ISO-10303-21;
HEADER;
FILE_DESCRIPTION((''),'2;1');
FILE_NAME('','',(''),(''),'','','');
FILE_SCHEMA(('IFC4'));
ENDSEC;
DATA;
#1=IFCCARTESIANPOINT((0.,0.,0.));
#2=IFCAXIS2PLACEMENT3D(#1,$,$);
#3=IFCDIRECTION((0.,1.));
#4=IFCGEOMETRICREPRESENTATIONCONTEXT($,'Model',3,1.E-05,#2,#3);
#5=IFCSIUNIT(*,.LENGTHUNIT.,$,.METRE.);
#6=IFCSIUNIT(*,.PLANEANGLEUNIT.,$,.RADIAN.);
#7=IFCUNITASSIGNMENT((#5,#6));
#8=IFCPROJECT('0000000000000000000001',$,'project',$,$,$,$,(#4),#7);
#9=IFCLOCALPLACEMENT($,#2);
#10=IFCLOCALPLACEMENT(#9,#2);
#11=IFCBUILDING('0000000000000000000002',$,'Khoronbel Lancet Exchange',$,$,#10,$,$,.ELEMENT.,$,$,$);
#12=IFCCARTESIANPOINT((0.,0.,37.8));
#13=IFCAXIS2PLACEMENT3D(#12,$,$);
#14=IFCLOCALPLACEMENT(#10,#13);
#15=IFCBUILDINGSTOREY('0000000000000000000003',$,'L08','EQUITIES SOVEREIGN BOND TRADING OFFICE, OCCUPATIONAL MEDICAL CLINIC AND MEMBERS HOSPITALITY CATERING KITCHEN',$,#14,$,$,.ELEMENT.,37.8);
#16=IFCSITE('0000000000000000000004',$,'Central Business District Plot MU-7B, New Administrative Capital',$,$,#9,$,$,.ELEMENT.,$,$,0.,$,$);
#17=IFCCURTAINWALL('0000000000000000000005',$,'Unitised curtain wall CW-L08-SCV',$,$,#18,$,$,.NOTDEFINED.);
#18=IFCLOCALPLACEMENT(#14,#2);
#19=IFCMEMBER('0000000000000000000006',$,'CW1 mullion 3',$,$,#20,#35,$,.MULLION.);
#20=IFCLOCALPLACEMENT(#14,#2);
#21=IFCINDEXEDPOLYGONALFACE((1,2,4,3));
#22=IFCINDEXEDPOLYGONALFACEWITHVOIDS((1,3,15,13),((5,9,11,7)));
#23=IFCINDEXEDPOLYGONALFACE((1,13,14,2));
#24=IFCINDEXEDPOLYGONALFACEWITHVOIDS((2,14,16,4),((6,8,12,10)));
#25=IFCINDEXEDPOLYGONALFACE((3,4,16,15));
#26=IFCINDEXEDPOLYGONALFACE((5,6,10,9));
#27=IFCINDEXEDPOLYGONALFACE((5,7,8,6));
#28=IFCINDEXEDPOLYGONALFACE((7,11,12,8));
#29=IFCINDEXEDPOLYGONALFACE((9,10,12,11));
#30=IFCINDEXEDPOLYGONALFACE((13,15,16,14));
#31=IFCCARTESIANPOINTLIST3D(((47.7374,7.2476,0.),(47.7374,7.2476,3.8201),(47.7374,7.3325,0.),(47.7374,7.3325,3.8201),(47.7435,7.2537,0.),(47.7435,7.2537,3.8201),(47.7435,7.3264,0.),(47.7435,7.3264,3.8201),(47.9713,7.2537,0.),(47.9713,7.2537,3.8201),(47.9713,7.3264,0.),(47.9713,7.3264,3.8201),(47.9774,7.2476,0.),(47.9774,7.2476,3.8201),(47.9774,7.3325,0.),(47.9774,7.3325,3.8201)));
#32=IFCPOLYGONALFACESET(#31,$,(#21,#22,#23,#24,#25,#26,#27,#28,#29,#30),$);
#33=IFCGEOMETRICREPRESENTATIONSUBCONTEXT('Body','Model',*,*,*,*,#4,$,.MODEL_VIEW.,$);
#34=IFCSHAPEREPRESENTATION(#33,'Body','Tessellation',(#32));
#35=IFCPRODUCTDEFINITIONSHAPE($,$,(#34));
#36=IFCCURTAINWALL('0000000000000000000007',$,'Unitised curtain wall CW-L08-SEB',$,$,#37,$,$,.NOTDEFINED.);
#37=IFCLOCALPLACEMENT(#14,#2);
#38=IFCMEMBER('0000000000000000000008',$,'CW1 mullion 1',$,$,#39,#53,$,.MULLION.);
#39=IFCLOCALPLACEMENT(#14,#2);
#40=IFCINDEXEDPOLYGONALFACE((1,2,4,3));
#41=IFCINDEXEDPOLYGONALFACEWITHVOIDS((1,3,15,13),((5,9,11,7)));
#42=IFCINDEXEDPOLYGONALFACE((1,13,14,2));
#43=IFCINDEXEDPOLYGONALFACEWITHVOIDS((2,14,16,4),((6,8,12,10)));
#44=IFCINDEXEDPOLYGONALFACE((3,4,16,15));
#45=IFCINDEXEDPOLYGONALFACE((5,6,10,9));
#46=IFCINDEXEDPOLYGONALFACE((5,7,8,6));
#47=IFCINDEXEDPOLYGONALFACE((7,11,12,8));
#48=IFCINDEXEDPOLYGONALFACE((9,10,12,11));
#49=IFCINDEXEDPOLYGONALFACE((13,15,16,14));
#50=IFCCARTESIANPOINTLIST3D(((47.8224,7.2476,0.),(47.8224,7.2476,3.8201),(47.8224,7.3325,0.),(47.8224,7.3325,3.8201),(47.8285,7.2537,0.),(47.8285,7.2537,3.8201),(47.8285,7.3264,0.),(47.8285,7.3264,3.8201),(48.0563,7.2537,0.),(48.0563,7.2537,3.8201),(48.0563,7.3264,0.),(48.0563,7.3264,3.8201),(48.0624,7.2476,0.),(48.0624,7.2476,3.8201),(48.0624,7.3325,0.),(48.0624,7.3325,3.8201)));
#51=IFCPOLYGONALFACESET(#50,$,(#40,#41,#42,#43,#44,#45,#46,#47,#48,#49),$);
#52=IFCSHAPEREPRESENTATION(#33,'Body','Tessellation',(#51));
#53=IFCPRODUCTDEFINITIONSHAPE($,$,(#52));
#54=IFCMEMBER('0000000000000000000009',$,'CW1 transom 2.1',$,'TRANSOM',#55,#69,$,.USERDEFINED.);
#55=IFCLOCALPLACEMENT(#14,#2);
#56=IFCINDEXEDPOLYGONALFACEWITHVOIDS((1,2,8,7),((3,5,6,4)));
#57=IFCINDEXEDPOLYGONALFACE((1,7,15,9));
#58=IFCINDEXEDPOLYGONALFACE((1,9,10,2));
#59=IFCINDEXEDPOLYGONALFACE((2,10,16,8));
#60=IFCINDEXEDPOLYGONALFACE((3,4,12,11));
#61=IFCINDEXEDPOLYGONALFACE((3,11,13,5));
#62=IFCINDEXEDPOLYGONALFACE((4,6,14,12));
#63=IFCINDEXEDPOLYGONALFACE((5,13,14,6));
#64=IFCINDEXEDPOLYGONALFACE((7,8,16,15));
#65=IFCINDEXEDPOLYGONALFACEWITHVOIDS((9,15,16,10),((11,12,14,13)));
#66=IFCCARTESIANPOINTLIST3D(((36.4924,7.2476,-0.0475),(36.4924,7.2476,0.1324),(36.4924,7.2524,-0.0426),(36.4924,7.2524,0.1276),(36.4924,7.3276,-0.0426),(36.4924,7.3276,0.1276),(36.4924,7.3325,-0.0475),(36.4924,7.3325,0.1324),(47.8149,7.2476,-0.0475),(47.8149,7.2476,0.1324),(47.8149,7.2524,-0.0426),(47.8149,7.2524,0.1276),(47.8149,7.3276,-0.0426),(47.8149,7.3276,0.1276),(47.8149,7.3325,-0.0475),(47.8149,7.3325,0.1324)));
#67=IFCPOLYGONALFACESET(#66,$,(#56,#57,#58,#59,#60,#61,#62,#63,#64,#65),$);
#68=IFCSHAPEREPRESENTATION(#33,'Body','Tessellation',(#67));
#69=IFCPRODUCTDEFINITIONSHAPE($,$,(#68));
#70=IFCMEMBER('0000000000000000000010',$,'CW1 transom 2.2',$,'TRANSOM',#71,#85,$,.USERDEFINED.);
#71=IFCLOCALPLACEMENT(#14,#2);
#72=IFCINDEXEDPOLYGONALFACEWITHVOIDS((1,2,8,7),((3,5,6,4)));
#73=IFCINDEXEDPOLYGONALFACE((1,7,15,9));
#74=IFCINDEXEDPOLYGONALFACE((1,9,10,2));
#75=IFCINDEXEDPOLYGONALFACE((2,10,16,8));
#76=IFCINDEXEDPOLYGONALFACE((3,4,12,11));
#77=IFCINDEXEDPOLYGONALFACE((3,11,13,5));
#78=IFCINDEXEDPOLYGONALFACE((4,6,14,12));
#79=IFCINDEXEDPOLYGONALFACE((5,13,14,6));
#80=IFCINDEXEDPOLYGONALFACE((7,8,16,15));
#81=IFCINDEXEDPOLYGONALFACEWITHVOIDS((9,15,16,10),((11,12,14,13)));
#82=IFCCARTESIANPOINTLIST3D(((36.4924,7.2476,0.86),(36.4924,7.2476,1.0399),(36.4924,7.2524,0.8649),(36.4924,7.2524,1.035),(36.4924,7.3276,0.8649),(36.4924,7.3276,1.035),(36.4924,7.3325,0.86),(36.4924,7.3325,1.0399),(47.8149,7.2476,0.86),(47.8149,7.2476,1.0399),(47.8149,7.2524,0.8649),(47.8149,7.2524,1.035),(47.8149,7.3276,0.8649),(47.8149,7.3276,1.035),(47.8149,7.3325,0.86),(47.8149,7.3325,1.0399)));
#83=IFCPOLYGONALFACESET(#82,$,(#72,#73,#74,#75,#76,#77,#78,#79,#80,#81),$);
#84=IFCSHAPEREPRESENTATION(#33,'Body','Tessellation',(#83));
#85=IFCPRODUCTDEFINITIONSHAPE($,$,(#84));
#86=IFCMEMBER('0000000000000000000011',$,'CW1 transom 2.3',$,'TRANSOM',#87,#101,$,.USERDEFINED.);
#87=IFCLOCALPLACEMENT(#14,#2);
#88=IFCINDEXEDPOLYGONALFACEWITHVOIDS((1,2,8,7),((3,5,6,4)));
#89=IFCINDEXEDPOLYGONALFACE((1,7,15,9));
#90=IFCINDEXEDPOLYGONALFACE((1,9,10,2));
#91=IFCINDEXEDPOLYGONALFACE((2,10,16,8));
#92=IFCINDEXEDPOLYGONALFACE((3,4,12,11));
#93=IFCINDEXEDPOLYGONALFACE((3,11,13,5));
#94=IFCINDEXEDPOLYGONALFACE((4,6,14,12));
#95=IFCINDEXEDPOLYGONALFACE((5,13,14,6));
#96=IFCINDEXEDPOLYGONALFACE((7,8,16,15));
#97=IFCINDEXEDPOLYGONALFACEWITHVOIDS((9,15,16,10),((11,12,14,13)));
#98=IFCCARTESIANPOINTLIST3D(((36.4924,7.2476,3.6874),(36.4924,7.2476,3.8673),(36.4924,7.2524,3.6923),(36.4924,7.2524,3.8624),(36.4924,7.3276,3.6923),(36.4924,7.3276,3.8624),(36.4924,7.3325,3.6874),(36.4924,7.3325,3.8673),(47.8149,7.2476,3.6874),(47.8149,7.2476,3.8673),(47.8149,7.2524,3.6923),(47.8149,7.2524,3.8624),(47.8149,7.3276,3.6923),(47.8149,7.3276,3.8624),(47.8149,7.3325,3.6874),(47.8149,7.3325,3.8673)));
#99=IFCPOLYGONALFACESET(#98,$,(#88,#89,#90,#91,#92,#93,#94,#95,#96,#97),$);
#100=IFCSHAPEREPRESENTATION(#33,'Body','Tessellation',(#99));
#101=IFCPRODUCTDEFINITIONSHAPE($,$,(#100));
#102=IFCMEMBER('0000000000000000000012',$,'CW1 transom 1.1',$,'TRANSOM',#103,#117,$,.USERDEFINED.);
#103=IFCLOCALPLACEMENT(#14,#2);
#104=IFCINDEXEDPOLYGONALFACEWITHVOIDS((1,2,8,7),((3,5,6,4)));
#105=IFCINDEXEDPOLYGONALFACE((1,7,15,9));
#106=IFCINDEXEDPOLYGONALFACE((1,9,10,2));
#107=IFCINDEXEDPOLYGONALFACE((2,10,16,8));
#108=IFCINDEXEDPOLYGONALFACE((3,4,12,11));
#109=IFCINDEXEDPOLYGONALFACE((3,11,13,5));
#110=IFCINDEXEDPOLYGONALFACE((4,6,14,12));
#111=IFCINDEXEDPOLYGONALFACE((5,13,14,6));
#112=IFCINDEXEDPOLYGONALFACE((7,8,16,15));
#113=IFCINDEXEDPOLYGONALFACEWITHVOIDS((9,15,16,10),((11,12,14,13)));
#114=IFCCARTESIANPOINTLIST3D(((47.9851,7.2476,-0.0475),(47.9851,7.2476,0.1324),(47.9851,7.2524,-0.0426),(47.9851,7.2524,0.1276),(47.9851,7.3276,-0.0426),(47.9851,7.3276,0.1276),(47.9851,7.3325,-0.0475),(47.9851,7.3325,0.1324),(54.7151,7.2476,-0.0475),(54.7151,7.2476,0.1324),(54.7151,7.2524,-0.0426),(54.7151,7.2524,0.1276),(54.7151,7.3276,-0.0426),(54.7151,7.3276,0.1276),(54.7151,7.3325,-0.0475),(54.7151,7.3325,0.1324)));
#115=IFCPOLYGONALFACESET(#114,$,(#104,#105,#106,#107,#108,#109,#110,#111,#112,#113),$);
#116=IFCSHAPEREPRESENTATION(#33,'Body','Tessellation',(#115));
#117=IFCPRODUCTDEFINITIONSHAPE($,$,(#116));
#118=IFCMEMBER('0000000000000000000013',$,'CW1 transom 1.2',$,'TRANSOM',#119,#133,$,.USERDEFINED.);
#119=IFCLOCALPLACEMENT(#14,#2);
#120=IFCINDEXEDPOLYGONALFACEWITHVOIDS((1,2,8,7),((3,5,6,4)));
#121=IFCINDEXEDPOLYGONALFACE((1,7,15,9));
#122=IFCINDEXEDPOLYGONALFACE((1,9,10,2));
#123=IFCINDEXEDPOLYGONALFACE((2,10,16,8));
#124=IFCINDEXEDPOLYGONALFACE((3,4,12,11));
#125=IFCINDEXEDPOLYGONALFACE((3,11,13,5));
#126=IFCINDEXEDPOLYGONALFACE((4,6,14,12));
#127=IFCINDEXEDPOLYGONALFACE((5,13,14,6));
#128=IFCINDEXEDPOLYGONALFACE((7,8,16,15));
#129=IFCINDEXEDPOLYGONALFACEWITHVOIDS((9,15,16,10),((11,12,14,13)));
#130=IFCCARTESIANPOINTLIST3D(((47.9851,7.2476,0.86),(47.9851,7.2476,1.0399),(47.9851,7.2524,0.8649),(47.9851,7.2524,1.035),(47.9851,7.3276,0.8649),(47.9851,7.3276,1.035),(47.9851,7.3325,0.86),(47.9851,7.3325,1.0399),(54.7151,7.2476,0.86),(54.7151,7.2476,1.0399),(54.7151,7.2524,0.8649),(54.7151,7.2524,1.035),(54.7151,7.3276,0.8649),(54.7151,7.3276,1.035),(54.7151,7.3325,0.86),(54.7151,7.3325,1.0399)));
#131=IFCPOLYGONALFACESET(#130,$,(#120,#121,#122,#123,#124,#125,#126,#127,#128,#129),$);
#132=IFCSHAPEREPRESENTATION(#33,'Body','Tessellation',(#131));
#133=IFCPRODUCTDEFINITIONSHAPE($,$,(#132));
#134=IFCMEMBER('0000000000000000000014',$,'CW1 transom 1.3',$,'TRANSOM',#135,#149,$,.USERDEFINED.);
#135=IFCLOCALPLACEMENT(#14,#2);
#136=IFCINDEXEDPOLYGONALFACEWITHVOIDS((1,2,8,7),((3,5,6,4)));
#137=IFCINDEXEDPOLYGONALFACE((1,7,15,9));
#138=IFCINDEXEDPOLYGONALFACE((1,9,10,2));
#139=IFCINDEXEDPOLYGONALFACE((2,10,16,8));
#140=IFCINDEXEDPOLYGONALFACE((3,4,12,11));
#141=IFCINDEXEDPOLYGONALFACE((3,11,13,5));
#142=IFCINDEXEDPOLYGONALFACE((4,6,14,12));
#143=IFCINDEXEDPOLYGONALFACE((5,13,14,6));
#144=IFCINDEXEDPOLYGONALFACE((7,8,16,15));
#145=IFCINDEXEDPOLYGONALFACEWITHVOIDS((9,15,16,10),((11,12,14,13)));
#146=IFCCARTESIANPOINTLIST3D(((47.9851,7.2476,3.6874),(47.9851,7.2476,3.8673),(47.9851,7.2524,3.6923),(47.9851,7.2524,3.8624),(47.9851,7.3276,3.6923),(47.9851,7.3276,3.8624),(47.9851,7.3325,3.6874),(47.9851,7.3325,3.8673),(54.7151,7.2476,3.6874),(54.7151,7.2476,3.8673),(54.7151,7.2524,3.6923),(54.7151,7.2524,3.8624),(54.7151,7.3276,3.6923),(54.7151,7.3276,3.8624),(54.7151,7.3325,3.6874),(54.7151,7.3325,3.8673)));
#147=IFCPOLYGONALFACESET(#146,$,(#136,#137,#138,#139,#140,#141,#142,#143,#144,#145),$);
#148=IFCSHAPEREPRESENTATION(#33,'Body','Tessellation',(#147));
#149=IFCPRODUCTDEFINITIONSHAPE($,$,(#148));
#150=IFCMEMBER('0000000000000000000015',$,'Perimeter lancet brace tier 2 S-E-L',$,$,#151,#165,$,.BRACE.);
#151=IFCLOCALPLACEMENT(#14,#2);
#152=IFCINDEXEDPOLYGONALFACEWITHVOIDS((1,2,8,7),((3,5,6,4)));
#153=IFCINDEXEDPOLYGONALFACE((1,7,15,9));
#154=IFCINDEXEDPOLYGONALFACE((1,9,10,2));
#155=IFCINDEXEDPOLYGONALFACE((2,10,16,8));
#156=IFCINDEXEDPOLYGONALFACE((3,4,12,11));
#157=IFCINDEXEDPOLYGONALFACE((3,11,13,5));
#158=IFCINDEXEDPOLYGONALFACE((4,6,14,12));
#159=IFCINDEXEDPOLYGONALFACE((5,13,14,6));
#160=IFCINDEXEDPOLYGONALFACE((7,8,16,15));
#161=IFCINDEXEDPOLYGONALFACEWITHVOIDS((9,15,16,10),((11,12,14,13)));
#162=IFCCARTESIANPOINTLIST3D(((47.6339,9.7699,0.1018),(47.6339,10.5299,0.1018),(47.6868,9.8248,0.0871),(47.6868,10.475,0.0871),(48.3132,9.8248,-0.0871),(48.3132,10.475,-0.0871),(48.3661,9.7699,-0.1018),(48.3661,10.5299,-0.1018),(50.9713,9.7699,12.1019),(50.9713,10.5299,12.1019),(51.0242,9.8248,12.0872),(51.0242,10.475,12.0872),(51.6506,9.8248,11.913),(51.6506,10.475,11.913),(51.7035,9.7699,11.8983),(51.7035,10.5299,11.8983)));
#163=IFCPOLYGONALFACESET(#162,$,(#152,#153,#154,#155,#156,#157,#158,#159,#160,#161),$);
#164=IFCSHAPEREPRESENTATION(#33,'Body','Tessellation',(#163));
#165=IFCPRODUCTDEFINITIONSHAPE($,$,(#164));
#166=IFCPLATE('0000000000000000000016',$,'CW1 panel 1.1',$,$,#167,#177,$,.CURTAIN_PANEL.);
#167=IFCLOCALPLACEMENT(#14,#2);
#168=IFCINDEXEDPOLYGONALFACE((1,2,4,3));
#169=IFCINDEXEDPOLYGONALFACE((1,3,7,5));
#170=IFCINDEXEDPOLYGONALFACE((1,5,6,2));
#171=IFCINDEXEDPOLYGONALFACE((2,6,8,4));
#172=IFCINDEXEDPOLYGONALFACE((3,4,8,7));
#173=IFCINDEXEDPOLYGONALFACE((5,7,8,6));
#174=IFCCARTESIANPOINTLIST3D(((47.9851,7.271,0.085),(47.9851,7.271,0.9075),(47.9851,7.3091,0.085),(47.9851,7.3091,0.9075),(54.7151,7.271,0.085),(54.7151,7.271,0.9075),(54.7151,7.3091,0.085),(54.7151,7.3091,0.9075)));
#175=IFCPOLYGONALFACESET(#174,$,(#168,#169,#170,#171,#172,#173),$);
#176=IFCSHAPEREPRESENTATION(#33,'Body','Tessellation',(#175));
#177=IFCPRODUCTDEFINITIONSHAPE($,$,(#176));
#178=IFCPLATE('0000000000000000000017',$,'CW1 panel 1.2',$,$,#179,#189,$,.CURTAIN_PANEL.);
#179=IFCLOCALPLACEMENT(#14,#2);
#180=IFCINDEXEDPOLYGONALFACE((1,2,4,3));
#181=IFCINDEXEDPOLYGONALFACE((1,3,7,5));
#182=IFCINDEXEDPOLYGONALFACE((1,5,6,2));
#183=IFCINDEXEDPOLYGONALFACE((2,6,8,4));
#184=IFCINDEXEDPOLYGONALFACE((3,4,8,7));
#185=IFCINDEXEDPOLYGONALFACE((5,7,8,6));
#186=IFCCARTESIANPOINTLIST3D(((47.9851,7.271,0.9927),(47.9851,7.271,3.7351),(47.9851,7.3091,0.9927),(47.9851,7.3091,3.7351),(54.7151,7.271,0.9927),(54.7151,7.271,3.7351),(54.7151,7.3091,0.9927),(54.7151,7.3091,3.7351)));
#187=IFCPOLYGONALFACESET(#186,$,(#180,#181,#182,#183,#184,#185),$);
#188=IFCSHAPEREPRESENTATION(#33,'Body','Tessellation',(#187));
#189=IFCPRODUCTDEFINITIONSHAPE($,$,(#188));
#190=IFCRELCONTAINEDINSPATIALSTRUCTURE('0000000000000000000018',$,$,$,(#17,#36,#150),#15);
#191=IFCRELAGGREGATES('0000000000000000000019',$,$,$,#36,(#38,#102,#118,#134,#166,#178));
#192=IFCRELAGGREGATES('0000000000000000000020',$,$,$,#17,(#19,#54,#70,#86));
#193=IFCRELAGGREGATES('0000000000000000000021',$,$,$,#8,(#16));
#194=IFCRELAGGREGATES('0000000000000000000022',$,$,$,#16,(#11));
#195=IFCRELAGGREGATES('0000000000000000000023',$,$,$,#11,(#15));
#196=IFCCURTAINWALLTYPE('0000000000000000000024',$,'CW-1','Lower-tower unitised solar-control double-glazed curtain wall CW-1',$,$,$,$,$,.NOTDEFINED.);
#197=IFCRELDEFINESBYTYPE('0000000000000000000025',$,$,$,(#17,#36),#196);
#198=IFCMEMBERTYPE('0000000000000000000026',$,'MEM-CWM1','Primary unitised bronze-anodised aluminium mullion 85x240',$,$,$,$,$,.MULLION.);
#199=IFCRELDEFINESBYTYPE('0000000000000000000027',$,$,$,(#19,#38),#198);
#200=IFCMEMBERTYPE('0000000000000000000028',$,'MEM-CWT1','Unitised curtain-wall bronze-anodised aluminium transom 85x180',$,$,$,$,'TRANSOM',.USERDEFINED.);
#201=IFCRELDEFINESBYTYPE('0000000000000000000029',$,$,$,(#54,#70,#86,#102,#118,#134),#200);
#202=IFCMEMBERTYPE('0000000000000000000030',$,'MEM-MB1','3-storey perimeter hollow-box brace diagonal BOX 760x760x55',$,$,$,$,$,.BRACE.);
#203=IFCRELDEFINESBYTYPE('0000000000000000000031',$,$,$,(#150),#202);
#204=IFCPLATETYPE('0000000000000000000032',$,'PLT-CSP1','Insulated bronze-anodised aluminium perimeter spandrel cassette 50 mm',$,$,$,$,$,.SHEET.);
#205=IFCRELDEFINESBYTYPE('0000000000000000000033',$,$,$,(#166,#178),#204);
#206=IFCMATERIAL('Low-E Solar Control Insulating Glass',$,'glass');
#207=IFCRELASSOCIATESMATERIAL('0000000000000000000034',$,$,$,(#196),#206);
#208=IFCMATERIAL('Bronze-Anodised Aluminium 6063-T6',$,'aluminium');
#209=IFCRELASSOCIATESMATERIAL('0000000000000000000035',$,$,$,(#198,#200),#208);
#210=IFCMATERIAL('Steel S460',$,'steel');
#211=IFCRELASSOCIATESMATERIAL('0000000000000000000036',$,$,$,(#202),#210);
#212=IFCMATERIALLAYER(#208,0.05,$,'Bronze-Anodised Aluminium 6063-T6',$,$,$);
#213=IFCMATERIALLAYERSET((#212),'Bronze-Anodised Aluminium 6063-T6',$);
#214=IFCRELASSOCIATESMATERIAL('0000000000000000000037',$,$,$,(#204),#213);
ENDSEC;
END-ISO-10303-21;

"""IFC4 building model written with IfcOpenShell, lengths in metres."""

from ifc_helpers import new_model, si_unit, direction, frame, origin, origin_2d, place, context, subcontext, project, spatial, rectangle, hollow_rectangle, extrude, material, layer, layer_set, material_profile, profile_set, type_object, element, aggregate, save


model = new_model("IFC4")

# Units and contexts
model_context = context("Model", 3, precision=1e-05, world=origin(), true_north=direction((0.0, 1.0)))
body_context = subcontext(model_context, "Body", "Model", "MODEL_VIEW")
ifc_project = project(units=[si_unit("LENGTHUNIT", "METRE"), si_unit("PLANEANGLEUNIT", "RADIAN")], contexts=[model_context])

# Site, building, storey
site_placement = place(None, origin())
site = spatial("IfcSite", under=ifc_project, at=site_placement, Name="Central Business District Plot MU-7B, New Administrative Capital", CompositionType="ELEMENT", RefElevation=0.0)
building_placement = place(site_placement, origin())
building = spatial("IfcBuilding", under=site, at=building_placement, Name="Khoronbel Lancet Exchange", CompositionType="ELEMENT")
storey_placement = place(building_placement, frame((0.0, 0.0, 37.8)))
storey = spatial("IfcBuildingStorey", under=building, at=storey_placement, Name="L08", Description="EQUITIES SOVEREIGN BOND TRADING OFFICE, OCCUPATIONAL MEDICAL CLINIC AND MEMBERS HOSPITALITY CATERING KITCHEN", CompositionType="ELEMENT", Elevation=37.8)

# Shared definitions
ifc_material_1 = material(Name="Steel S460", Category="steel")

# Curtain wall, member
ifc_material_2 = material(Name="Low-E Solar Control Insulating Glass", Category="glass")
curtain_wall_type = type_object("IfcCurtainWallType", Name="CW-1", Description="Lower-tower unitised solar-control double-glazed curtain wall CW-1", PredefinedType="NOTDEFINED", material=ifc_material_2)
curtain_wall_1_placement = place(storey_placement, origin())
curtain_wall_1 = element("IfcCurtainWall", 1, at=curtain_wall_1_placement, inside=storey, type_object=curtain_wall_type, Name="Unitised curtain wall CW-L08-SCV", PredefinedType="NOTDEFINED")
ifc_material_3 = material(Name="Bronze-Anodised Aluminium 6063-T6", Category="aluminium")
ifc_material_profile_1 = material_profile(ifc_material_3, hollow_rectangle(XDim=0.085, YDim=0.24, WallThickness=0.0061, at=origin_2d()), Name="ALU MULLION 85x240")
ifc_profile_set_1 = profile_set([ifc_material_profile_1], Name="Bronze-Anodised Aluminium 6063-T6")
member_type_1 = type_object("IfcMemberType", Name="MEM-CWM1", Description="Primary unitised bronze-anodised aluminium mullion 85x240", PredefinedType="MULLION", material=ifc_profile_set_1)
member_1_placement = place(storey_placement, frame((47.8574, 7.29, 0.0), z_axis=(0.0, 0.0, 1.0), x_axis=(0.0, 1.0, 0.0)))
member_1 = element("IfcMember", 2, at=member_1_placement, type_object=member_type_1, Name="CW1 mullion 3", PredefinedType="MULLION", context=body_context, shape_type="SweptSolid", body=[
    extrude(hollow_rectangle(XDim=0.085, YDim=0.24, WallThickness=0.0061, at=origin_2d()), origin(), (0.0, 0.0, 1.0), 3.8201),
])

# Curtain wall, member
curtain_wall_2_placement = place(storey_placement, origin())
curtain_wall_2 = element("IfcCurtainWall", 3, at=curtain_wall_2_placement, inside=storey, type_object=curtain_wall_type, Name="Unitised curtain wall CW-L08-SEB", PredefinedType="NOTDEFINED")
member_2_placement = place(storey_placement, frame((47.9424, 7.29, 0.0), z_axis=(0.0, 0.0, 1.0), x_axis=(0.0, 1.0, 0.0)))
member_2 = element("IfcMember", 4, at=member_2_placement, type_object=member_type_1, Name="CW1 mullion 1", PredefinedType="MULLION", context=body_context, shape_type="SweptSolid", body=[
    extrude(hollow_rectangle(XDim=0.085, YDim=0.24, WallThickness=0.0061, at=origin_2d()), origin(), (0.0, 0.0, 1.0), 3.8201),
])

# Members
ifc_material_profile_2 = material_profile(ifc_material_3, hollow_rectangle(XDim=0.085, YDim=0.1799, WallThickness=0.0049, at=origin_2d()), Name="ALU TRANSOM 85x180")
ifc_profile_set_2 = profile_set([ifc_material_profile_2], Name="Bronze-Anodised Aluminium 6063-T6")
member_type_2 = type_object("IfcMemberType", Name="MEM-CWT1", Description="Unitised curtain-wall bronze-anodised aluminium transom 85x180", ElementType="TRANSOM", PredefinedType="USERDEFINED", material=ifc_profile_set_2)
member_3_placement = place(storey_placement, frame((36.4924, 7.29, 0.0425), z_axis=(1.0, 0.0, 0.0), x_axis=(0.0, 1.0, 0.0)))
member_3 = element("IfcMember", 5, at=member_3_placement, type_object=member_type_2, Name="CW1 transom 2.1", ObjectType="TRANSOM", PredefinedType="USERDEFINED", context=body_context, shape_type="SweptSolid", body=[
    extrude(hollow_rectangle(XDim=0.085, YDim=0.1799, WallThickness=0.0049, at=origin_2d()), origin(), (0.0, 0.0, 1.0), 11.3225),
])
member_4_placement = place(storey_placement, frame((36.4924, 7.29, 0.95), z_axis=(1.0, 0.0, 0.0), x_axis=(0.0, 1.0, 0.0)))
member_4 = element("IfcMember", 6, at=member_4_placement, type_object=member_type_2, Name="CW1 transom 2.2", ObjectType="TRANSOM", PredefinedType="USERDEFINED", context=body_context, shape_type="SweptSolid", body=[
    extrude(hollow_rectangle(XDim=0.085, YDim=0.1799, WallThickness=0.0049, at=origin_2d()), origin(), (0.0, 0.0, 1.0), 11.3225),
])
member_5_placement = place(storey_placement, frame((36.4924, 7.29, 3.7773), z_axis=(1.0, 0.0, 0.0), x_axis=(0.0, 1.0, 0.0)))
member_5 = element("IfcMember", 7, at=member_5_placement, type_object=member_type_2, Name="CW1 transom 2.3", ObjectType="TRANSOM", PredefinedType="USERDEFINED", context=body_context, shape_type="SweptSolid", body=[
    extrude(hollow_rectangle(XDim=0.085, YDim=0.1799, WallThickness=0.0049, at=origin_2d()), origin(), (0.0, 0.0, 1.0), 11.3225),
])
member_6_placement = place(storey_placement, frame((47.9851, 7.29, 0.0425), z_axis=(1.0, 0.0, 0.0), x_axis=(0.0, 1.0, 0.0)))
member_6 = element("IfcMember", 8, at=member_6_placement, type_object=member_type_2, Name="CW1 transom 1.1", ObjectType="TRANSOM", PredefinedType="USERDEFINED", context=body_context, shape_type="SweptSolid", body=[
    extrude(hollow_rectangle(XDim=0.085, YDim=0.1799, WallThickness=0.0049, at=origin_2d()), origin(), (0.0, 0.0, 1.0), 6.73),
])
member_7_placement = place(storey_placement, frame((47.9851, 7.29, 0.95), z_axis=(1.0, 0.0, 0.0), x_axis=(0.0, 1.0, 0.0)))
member_7 = element("IfcMember", 9, at=member_7_placement, type_object=member_type_2, Name="CW1 transom 1.2", ObjectType="TRANSOM", PredefinedType="USERDEFINED", context=body_context, shape_type="SweptSolid", body=[
    extrude(hollow_rectangle(XDim=0.085, YDim=0.1799, WallThickness=0.0049, at=origin_2d()), origin(), (0.0, 0.0, 1.0), 6.73),
])
member_8_placement = place(storey_placement, frame((47.9851, 7.29, 3.7773), z_axis=(1.0, 0.0, 0.0), x_axis=(0.0, 1.0, 0.0)))
member_8 = element("IfcMember", 10, at=member_8_placement, type_object=member_type_2, Name="CW1 transom 1.3", ObjectType="TRANSOM", PredefinedType="USERDEFINED", context=body_context, shape_type="SweptSolid", body=[
    extrude(hollow_rectangle(XDim=0.085, YDim=0.1799, WallThickness=0.0049, at=origin_2d()), origin(), (0.0, 0.0, 1.0), 6.73),
])
ifc_material_profile_3 = material_profile(ifc_material_1, hollow_rectangle(XDim=0.76, YDim=0.76, WallThickness=0.0549, at=origin_2d()), Name="BOX 760x760x55")
ifc_profile_set_3 = profile_set([ifc_material_profile_3], Name="Steel S460")
member_type_3 = type_object("IfcMemberType", Name="MEM-MB1", Description="3-storey perimeter hollow-box brace diagonal BOX 760x760x55", PredefinedType="BRACE", material=ifc_profile_set_3)
member_9_placement = place(storey_placement, frame((48.0, 10.1499, 0.0), z_axis=(0.267947, 0.0, 0.963434), x_axis=(0.0, 1.0, 0.0)))
element("IfcMember", 11, at=member_9_placement, inside=storey, type_object=member_type_3, Name="Perimeter lancet brace tier 2 S-E-L", PredefinedType="BRACE", context=body_context, shape_type="SweptSolid", body=[
    extrude(hollow_rectangle(XDim=0.76, YDim=0.76, WallThickness=0.0549, at=origin_2d()), origin(), (0.0, 0.0, 1.0), 12.4556),
])

# Plates
ifc_layer_1 = layer(ifc_material_3, 0.05, Name="Bronze-Anodised Aluminium 6063-T6")
ifc_layer_set_1 = layer_set([ifc_layer_1], Name="Bronze-Anodised Aluminium 6063-T6")
plate_type_1 = type_object("IfcPlateType", Name="PLT-CSP1", Description="Insulated bronze-anodised aluminium perimeter spandrel cassette 50 mm", PredefinedType="SHEET", material=ifc_layer_set_1)
plate_1_placement = place(storey_placement, frame((51.3501, 7.29, 0.085), z_axis=(0.0, 0.0, 1.0), x_axis=(1.0, 0.0, 0.0)))
plate_1 = element("IfcPlate", 12, at=plate_1_placement, type_object=plate_type_1, Name="CW1 panel 1.1", PredefinedType="CURTAIN_PANEL", context=body_context, shape_type="SweptSolid", body=[
    extrude(rectangle(XDim=6.73, YDim=0.0381, at=origin_2d()), origin(), (0.0, 0.0, 1.0), 0.8225),
])
plate_2_placement = place(storey_placement, frame((51.3501, 7.29, 0.9927), z_axis=(0.0, 0.0, 1.0), x_axis=(1.0, 0.0, 0.0)))
plate_2 = element("IfcPlate", 13, at=plate_2_placement, type_object=plate_type_1, Name="CW1 panel 1.2", PredefinedType="CURTAIN_PANEL", context=body_context, shape_type="SweptSolid", body=[
    extrude(rectangle(XDim=6.73, YDim=0.0381, at=origin_2d()), origin(), (0.0, 0.0, 1.0), 2.7424),
])
aggregate(curtain_wall_2, [member_2, member_6, member_7, member_8, plate_1, plate_2])
aggregate(curtain_wall_1, [member_1, member_3, member_4, member_5])

save(model, "model.ifc")
